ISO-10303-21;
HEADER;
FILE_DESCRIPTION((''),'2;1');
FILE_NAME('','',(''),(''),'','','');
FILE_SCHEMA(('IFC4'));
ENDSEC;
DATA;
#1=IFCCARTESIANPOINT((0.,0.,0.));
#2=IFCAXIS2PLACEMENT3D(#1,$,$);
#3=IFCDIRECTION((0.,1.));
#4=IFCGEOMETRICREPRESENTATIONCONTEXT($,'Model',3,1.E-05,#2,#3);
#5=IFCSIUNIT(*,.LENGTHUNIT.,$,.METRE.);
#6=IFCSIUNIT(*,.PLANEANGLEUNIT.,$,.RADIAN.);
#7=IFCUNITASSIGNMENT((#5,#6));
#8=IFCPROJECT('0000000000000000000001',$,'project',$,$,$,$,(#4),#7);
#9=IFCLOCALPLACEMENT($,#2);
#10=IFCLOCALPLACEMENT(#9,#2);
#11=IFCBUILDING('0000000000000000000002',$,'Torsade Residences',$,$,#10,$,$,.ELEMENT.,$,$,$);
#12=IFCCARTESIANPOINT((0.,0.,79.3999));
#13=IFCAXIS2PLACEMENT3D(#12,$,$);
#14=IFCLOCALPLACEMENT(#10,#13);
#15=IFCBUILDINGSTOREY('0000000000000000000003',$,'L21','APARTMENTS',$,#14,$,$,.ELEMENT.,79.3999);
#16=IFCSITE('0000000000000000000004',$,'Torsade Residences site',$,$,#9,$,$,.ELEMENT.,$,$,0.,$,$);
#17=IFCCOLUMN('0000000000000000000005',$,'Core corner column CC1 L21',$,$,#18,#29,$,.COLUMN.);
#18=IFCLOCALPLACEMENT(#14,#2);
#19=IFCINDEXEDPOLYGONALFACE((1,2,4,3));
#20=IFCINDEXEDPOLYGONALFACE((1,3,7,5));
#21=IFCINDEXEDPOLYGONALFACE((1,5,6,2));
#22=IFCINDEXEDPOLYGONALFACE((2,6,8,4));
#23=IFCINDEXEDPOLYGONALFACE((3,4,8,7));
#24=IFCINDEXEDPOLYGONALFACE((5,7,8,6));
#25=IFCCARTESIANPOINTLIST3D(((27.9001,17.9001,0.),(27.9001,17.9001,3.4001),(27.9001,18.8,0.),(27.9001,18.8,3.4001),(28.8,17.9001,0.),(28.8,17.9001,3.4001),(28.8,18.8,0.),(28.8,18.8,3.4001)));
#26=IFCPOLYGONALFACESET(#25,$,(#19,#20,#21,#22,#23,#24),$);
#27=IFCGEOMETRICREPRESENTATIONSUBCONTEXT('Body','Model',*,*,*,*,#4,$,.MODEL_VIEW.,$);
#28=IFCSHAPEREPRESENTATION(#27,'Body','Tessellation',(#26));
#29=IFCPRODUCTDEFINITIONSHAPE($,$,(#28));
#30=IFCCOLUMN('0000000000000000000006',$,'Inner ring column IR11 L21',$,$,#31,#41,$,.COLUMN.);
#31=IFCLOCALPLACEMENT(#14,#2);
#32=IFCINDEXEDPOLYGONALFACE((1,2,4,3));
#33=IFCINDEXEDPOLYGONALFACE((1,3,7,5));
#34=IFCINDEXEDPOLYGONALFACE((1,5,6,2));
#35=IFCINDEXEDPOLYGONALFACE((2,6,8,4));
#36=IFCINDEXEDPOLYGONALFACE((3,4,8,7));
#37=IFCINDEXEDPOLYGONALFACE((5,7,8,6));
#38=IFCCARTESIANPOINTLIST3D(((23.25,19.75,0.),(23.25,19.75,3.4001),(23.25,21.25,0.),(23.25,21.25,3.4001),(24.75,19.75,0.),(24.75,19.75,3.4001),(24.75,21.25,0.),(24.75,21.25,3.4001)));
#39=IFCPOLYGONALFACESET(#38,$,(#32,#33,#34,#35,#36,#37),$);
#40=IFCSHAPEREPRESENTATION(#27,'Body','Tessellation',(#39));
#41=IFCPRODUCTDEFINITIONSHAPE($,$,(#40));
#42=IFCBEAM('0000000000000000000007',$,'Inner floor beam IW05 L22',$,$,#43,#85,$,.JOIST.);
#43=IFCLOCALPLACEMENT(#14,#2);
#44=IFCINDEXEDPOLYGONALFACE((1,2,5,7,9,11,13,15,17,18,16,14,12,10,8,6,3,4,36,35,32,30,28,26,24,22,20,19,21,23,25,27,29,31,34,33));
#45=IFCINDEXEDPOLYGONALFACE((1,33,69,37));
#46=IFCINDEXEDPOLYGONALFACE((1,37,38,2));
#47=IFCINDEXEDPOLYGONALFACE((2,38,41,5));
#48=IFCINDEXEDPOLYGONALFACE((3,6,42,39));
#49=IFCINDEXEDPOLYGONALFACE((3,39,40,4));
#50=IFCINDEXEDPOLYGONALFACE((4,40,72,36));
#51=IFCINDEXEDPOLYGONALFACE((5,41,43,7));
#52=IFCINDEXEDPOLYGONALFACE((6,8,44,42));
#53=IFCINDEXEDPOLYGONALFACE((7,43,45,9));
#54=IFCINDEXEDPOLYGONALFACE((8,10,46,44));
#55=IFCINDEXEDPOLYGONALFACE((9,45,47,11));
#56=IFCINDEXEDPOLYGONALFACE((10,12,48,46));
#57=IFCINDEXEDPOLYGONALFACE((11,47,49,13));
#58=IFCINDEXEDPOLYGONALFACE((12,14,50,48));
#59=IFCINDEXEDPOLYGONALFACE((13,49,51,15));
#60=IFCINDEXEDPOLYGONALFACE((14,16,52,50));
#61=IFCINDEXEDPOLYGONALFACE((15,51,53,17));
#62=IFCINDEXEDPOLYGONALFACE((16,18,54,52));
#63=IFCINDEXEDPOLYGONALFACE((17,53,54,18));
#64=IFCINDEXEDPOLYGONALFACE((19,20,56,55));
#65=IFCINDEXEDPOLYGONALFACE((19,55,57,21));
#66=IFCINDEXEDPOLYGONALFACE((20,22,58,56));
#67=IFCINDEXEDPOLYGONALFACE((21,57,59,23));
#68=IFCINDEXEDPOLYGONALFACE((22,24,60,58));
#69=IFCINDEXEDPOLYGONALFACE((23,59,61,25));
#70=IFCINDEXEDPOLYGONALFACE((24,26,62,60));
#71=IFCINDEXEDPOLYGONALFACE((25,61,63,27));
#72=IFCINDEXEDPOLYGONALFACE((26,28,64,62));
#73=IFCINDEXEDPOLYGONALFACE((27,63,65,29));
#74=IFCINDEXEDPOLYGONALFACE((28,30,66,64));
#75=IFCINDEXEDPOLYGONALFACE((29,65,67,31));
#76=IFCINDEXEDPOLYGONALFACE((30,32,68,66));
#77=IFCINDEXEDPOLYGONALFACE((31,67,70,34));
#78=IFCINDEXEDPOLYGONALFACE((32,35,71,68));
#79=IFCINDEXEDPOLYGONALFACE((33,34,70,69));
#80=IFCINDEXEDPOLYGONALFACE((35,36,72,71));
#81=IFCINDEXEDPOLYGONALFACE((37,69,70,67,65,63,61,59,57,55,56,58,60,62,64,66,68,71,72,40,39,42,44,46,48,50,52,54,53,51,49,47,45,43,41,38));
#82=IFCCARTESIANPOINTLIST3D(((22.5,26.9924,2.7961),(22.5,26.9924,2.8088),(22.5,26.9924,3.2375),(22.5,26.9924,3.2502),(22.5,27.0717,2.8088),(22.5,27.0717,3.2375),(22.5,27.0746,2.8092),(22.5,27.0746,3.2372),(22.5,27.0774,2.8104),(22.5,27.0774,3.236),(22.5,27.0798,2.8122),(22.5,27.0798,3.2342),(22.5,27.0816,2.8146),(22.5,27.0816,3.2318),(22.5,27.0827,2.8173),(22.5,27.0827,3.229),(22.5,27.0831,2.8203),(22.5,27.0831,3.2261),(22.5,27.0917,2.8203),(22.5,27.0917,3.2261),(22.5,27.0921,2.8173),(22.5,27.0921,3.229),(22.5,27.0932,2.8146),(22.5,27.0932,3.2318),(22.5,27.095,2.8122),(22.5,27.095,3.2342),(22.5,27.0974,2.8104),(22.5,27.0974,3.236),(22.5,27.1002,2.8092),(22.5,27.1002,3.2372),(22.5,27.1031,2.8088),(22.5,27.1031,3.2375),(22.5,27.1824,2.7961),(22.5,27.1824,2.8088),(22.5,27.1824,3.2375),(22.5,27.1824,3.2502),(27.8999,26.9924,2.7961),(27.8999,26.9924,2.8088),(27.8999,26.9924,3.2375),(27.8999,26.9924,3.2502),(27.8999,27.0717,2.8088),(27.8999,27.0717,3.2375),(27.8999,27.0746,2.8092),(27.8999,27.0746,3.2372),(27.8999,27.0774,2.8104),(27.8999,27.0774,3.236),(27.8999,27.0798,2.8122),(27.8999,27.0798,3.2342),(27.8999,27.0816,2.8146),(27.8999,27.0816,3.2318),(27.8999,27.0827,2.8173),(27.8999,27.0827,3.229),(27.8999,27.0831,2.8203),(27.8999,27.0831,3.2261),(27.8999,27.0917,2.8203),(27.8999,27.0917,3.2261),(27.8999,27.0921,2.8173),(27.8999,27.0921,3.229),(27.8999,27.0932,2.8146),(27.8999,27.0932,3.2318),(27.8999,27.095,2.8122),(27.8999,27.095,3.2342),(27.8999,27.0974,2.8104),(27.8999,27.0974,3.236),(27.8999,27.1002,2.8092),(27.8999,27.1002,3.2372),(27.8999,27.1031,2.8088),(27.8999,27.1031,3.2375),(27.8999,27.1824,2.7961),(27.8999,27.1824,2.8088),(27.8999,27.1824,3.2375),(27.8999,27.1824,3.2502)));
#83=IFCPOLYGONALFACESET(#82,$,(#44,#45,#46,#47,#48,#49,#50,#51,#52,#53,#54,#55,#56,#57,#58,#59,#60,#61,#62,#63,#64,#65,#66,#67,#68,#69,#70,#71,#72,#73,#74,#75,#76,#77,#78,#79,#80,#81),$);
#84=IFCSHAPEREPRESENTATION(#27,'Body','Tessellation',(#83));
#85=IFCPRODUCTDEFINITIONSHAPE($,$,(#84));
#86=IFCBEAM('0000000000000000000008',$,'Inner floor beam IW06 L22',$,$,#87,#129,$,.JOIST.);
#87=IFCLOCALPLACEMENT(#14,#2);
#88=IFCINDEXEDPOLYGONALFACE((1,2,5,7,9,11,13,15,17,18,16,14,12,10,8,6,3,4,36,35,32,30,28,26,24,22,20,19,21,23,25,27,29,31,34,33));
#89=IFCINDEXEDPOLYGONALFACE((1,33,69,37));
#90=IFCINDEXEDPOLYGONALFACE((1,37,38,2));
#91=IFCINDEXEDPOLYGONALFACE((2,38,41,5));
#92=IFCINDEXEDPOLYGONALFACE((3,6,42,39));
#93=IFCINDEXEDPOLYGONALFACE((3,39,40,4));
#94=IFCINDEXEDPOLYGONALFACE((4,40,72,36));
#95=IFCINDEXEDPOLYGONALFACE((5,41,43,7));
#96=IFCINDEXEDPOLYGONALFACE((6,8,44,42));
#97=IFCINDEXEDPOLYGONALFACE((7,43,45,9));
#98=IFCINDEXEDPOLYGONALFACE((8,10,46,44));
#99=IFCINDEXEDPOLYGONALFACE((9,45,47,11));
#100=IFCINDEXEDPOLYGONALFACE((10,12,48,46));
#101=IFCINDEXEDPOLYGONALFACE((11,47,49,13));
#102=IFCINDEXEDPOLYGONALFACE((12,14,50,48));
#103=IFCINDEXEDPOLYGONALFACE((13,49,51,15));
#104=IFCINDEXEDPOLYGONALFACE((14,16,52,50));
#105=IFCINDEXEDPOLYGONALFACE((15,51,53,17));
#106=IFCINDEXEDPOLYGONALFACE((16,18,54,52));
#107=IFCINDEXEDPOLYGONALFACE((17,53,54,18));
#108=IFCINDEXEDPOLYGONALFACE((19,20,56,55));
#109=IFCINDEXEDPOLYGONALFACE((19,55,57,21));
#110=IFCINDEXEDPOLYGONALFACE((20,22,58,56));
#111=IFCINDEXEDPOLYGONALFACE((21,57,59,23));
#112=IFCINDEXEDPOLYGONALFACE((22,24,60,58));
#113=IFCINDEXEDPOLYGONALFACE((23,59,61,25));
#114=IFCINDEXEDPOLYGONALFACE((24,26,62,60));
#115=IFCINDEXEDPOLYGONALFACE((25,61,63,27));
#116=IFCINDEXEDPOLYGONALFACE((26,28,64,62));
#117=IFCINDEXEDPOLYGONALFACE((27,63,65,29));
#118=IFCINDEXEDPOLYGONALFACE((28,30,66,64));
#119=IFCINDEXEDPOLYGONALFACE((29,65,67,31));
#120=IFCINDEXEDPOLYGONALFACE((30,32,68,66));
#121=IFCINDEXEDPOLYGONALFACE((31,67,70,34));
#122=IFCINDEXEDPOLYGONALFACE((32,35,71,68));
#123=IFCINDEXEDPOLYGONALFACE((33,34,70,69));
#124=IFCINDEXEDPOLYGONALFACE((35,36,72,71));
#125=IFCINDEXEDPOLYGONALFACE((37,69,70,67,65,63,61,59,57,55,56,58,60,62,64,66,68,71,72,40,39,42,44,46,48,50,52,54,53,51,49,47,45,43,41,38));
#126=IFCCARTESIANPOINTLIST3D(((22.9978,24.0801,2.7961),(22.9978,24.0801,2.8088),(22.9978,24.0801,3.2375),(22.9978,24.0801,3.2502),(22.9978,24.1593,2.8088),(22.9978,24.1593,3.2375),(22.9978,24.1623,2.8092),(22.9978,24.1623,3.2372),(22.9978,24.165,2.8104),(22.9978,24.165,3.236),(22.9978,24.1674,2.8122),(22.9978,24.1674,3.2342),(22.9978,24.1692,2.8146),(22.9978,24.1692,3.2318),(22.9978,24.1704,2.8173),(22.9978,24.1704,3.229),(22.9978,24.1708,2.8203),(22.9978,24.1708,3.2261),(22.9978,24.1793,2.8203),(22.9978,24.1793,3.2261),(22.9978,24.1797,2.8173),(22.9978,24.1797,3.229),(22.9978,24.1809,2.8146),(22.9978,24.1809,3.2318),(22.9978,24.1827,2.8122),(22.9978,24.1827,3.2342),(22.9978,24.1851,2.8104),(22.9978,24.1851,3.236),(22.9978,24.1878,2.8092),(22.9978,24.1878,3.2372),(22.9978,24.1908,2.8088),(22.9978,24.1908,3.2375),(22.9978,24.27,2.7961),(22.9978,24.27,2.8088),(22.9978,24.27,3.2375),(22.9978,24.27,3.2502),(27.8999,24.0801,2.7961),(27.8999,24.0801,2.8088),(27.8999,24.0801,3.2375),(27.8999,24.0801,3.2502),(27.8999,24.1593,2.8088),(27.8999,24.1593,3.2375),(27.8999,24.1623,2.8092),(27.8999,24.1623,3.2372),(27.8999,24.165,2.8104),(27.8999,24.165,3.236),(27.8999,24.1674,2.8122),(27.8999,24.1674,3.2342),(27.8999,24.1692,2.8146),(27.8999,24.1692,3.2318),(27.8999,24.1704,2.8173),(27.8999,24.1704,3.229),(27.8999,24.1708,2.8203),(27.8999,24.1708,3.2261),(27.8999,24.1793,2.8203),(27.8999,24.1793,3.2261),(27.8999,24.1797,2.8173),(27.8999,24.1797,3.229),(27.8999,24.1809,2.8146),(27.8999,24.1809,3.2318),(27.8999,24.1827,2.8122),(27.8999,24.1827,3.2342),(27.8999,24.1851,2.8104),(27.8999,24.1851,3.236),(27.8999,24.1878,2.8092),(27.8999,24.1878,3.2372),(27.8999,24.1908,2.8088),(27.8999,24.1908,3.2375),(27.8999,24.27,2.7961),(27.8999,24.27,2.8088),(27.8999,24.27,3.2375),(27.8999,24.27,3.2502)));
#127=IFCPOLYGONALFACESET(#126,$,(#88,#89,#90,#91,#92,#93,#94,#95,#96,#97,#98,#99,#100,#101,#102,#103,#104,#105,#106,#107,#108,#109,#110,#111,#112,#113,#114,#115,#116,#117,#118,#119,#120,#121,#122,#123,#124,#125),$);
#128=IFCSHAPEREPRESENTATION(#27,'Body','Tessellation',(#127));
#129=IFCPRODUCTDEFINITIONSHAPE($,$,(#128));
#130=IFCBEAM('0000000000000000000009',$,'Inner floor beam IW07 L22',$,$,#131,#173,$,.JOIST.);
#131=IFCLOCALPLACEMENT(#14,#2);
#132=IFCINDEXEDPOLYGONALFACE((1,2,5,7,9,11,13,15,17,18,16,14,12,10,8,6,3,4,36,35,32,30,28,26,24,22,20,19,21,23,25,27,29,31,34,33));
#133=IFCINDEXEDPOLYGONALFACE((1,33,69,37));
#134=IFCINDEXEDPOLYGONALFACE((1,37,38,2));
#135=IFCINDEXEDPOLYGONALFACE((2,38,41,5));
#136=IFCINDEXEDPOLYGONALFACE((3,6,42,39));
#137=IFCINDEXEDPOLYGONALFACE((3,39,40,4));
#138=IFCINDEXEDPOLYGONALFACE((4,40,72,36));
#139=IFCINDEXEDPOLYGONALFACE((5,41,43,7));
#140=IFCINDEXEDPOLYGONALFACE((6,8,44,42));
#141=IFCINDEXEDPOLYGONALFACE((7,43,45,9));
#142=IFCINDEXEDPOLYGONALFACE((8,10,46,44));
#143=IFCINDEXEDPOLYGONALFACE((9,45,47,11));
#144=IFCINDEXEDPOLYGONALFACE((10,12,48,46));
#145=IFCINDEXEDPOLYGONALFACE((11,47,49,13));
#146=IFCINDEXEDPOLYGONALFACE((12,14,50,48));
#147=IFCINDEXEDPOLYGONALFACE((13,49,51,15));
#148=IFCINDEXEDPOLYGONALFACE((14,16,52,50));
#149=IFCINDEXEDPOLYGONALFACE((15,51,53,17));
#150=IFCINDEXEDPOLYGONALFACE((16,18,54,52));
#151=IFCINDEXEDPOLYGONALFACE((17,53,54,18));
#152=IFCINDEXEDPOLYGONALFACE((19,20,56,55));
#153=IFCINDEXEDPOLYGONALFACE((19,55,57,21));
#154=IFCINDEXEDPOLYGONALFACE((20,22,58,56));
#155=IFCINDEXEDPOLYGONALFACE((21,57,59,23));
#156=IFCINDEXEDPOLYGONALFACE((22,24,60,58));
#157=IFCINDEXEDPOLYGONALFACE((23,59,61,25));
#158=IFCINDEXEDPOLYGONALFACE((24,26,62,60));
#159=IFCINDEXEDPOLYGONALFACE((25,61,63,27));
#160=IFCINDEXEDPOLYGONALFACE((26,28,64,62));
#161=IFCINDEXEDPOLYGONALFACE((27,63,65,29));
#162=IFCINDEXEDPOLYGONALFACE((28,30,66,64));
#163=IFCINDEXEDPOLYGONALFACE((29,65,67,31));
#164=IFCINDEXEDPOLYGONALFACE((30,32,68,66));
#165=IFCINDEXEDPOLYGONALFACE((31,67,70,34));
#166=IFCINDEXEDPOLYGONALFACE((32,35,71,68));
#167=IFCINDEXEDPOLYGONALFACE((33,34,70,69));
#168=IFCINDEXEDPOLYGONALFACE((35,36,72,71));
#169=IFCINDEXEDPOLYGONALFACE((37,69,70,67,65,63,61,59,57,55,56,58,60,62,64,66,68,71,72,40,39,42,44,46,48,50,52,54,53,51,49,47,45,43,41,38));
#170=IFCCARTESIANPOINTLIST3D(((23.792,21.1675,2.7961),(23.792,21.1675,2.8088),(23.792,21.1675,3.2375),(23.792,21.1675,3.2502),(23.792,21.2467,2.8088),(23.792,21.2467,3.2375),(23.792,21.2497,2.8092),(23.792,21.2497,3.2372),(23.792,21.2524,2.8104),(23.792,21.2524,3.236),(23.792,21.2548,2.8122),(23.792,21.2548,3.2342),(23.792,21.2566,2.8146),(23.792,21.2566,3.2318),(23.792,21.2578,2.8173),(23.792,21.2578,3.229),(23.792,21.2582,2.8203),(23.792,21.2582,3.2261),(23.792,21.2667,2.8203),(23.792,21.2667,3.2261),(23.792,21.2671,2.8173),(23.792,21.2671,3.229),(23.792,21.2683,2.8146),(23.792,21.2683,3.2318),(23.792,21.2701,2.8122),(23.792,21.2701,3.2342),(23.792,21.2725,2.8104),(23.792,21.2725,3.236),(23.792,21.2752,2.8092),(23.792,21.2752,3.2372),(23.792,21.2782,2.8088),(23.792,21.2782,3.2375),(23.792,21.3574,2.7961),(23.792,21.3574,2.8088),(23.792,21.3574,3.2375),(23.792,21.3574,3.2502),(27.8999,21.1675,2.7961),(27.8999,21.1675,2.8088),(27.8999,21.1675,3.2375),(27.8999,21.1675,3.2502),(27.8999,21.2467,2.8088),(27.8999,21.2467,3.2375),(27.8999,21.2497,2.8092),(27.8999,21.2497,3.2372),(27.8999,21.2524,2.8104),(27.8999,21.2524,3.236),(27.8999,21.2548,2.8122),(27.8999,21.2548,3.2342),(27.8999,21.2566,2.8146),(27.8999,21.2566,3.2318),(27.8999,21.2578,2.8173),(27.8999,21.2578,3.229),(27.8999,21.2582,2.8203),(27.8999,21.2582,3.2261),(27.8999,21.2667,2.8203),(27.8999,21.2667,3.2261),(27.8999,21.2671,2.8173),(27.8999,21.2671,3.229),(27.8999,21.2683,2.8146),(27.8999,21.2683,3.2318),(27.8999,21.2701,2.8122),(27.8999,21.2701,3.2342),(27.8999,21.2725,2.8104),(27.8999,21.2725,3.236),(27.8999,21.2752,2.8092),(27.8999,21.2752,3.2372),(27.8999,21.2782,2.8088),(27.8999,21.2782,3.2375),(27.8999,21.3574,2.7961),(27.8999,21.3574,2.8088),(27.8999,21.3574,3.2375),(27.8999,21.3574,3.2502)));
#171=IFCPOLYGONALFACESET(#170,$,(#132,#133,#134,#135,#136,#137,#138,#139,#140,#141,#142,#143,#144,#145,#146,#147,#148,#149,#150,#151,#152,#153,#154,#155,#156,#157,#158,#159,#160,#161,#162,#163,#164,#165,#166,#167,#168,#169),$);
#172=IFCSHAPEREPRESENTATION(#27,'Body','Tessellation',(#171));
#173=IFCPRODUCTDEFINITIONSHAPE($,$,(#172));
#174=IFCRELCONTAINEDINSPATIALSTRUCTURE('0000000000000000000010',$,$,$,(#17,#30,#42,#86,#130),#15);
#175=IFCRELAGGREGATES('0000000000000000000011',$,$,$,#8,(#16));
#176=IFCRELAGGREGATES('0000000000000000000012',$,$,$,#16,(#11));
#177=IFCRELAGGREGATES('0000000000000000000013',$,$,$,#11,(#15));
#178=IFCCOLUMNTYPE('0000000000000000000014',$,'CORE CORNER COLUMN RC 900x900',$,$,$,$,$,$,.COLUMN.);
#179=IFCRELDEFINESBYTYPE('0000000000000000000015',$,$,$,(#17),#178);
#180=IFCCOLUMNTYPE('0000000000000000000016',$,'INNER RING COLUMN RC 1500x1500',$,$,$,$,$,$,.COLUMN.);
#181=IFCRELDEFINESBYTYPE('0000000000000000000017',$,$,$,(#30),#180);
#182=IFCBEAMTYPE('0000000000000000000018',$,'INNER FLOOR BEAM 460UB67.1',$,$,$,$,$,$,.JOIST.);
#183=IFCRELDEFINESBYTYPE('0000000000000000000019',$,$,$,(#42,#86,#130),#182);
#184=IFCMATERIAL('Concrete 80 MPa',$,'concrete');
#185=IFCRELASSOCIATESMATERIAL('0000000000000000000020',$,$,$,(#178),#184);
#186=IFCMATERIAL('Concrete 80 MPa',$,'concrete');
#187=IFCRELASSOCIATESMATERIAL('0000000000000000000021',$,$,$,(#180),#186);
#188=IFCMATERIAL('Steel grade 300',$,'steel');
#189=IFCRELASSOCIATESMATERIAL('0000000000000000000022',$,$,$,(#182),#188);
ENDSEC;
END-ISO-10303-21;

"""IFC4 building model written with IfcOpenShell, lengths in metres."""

from ifc_helpers import new_model, si_unit, direction, frame, origin, origin_2d, place, context, subcontext, project, spatial, rectangle, i_section, extrude, material, material_profile, profile_set, type_object, element, save


model = new_model("IFC4")

# Units and contexts
model_context = context("Model", 3, precision=1e-05, world=origin(), true_north=direction((0.0, 1.0)))
body_context = subcontext(model_context, "Body", "Model", "MODEL_VIEW")
ifc_project = project(units=[si_unit("LENGTHUNIT", "METRE"), si_unit("PLANEANGLEUNIT", "RADIAN")], contexts=[model_context])

# Site, building, storey
site_placement = place(None, origin())
site = spatial("IfcSite", under=ifc_project, at=site_placement, Name="Torsade Residences site", CompositionType="ELEMENT", RefElevation=0.0)
building_placement = place(site_placement, origin())
building = spatial("IfcBuilding", under=site, at=building_placement, Name="Torsade Residences", CompositionType="ELEMENT")
storey_placement = place(building_placement, frame((0.0, 0.0, 79.3999)))
storey = spatial("IfcBuildingStorey", under=building, at=storey_placement, Name="L21", Description="APARTMENTS", CompositionType="ELEMENT", Elevation=79.3999)

# Columns
ifc_material_1 = material(Name="Concrete 80 MPa", Category="concrete")
ifc_material_profile_1 = material_profile(ifc_material_1, rectangle(XDim=0.8999, YDim=0.8999, at=origin_2d()), Name="RC 900x900")
ifc_profile_set_1 = profile_set([ifc_material_profile_1], Name="Concrete 80 MPa")
column_type_1 = type_object("IfcColumnType", Name="CORE CORNER COLUMN RC 900x900", PredefinedType="COLUMN", material=ifc_profile_set_1)
column_1_placement = place(storey_placement, frame((28.3501, 18.3501, 0.0), z_axis=(0.0, 0.0, 1.0), x_axis=(1.0, 0.0, 0.0)))
element("IfcColumn", 1, at=column_1_placement, inside=storey, type_object=column_type_1, Name="Core corner column CC1 L21", PredefinedType="COLUMN", context=body_context, shape_type="SweptSolid", body=[
    extrude(rectangle(XDim=0.8999, YDim=0.8999, at=origin_2d()), origin(), (0.0, 0.0, 1.0), 3.4001),
])
ifc_material_2 = material(Name="Concrete 80 MPa", Category="concrete")
ifc_material_profile_2 = material_profile(ifc_material_2, rectangle(XDim=1.5, YDim=1.5, at=origin_2d()), Name="RC 1500x1500")
ifc_profile_set_2 = profile_set([ifc_material_profile_2], Name="Concrete 80 MPa")
column_type_2 = type_object("IfcColumnType", Name="INNER RING COLUMN RC 1500x1500", PredefinedType="COLUMN", material=ifc_profile_set_2)
column_2_placement = place(storey_placement, frame((24.0, 20.5, 0.0), z_axis=(0.0, 0.0, 1.0), x_axis=(1.0, 0.0, 0.0)))
element("IfcColumn", 2, at=column_2_placement, inside=storey, type_object=column_type_2, Name="Inner ring column IR11 L21", PredefinedType="COLUMN", context=body_context, shape_type="SweptSolid", body=[
    extrude(rectangle(XDim=1.5, YDim=1.5, at=origin_2d()), origin(), (0.0, 0.0, 1.0), 3.4001),
])

# Beams
ifc_material_3 = material(Name="Steel grade 300", Category="steel")
ifc_material_profile_3 = material_profile(ifc_material_3, i_section(OverallWidth=0.1899, OverallDepth=0.4541, WebThickness=0.0085, FlangeThickness=0.0127, FilletRadius=0.0115, at=origin_2d()), Name="460UB67.1")
ifc_profile_set_3 = profile_set([ifc_material_profile_3], Name="Steel grade 300")
beam_type_1 = type_object("IfcBeamType", Name="INNER FLOOR BEAM 460UB67.1", PredefinedType="JOIST", material=ifc_profile_set_3)
beam_1_placement = place(storey_placement, frame((27.8999, 27.0874, 3.0232), z_axis=(-1.0, 0.0, 0.0), x_axis=(0.0, -1.0, 0.0)))
element("IfcBeam", 3, at=beam_1_placement, inside=storey, type_object=beam_type_1, Name="Inner floor beam IW05 L22", PredefinedType="JOIST", context=body_context, shape_type="SweptSolid", body=[
    extrude(i_section(OverallWidth=0.1899, OverallDepth=0.4541, WebThickness=0.0085, FlangeThickness=0.0127, FilletRadius=0.0115, at=origin_2d()), origin(), (0.0, 0.0, 1.0), 5.3999),
])
beam_2_placement = place(storey_placement, frame((27.8999, 24.175, 3.0232), z_axis=(-1.0, 0.0, 0.0), x_axis=(0.0, -1.0, 0.0)))
element("IfcBeam", 4, at=beam_2_placement, inside=storey, type_object=beam_type_1, Name="Inner floor beam IW06 L22", PredefinedType="JOIST", context=body_context, shape_type="SweptSolid", body=[
    extrude(i_section(OverallWidth=0.1899, OverallDepth=0.4541, WebThickness=0.0085, FlangeThickness=0.0127, FilletRadius=0.0115, at=origin_2d()), origin(), (0.0, 0.0, 1.0), 4.9021),
])
beam_3_placement = place(storey_placement, frame((27.8999, 21.2625, 3.0232), z_axis=(-1.0, 0.0, 0.0), x_axis=(0.0, -1.0, 0.0)))
element("IfcBeam", 5, at=beam_3_placement, inside=storey, type_object=beam_type_1, Name="Inner floor beam IW07 L22", PredefinedType="JOIST", context=body_context, shape_type="SweptSolid", body=[
    extrude(i_section(OverallWidth=0.1899, OverallDepth=0.4541, WebThickness=0.0085, FlangeThickness=0.0127, FilletRadius=0.0115, at=origin_2d()), origin(), (0.0, 0.0, 1.0), 4.1079),
])

save(model, "model.ifc")
